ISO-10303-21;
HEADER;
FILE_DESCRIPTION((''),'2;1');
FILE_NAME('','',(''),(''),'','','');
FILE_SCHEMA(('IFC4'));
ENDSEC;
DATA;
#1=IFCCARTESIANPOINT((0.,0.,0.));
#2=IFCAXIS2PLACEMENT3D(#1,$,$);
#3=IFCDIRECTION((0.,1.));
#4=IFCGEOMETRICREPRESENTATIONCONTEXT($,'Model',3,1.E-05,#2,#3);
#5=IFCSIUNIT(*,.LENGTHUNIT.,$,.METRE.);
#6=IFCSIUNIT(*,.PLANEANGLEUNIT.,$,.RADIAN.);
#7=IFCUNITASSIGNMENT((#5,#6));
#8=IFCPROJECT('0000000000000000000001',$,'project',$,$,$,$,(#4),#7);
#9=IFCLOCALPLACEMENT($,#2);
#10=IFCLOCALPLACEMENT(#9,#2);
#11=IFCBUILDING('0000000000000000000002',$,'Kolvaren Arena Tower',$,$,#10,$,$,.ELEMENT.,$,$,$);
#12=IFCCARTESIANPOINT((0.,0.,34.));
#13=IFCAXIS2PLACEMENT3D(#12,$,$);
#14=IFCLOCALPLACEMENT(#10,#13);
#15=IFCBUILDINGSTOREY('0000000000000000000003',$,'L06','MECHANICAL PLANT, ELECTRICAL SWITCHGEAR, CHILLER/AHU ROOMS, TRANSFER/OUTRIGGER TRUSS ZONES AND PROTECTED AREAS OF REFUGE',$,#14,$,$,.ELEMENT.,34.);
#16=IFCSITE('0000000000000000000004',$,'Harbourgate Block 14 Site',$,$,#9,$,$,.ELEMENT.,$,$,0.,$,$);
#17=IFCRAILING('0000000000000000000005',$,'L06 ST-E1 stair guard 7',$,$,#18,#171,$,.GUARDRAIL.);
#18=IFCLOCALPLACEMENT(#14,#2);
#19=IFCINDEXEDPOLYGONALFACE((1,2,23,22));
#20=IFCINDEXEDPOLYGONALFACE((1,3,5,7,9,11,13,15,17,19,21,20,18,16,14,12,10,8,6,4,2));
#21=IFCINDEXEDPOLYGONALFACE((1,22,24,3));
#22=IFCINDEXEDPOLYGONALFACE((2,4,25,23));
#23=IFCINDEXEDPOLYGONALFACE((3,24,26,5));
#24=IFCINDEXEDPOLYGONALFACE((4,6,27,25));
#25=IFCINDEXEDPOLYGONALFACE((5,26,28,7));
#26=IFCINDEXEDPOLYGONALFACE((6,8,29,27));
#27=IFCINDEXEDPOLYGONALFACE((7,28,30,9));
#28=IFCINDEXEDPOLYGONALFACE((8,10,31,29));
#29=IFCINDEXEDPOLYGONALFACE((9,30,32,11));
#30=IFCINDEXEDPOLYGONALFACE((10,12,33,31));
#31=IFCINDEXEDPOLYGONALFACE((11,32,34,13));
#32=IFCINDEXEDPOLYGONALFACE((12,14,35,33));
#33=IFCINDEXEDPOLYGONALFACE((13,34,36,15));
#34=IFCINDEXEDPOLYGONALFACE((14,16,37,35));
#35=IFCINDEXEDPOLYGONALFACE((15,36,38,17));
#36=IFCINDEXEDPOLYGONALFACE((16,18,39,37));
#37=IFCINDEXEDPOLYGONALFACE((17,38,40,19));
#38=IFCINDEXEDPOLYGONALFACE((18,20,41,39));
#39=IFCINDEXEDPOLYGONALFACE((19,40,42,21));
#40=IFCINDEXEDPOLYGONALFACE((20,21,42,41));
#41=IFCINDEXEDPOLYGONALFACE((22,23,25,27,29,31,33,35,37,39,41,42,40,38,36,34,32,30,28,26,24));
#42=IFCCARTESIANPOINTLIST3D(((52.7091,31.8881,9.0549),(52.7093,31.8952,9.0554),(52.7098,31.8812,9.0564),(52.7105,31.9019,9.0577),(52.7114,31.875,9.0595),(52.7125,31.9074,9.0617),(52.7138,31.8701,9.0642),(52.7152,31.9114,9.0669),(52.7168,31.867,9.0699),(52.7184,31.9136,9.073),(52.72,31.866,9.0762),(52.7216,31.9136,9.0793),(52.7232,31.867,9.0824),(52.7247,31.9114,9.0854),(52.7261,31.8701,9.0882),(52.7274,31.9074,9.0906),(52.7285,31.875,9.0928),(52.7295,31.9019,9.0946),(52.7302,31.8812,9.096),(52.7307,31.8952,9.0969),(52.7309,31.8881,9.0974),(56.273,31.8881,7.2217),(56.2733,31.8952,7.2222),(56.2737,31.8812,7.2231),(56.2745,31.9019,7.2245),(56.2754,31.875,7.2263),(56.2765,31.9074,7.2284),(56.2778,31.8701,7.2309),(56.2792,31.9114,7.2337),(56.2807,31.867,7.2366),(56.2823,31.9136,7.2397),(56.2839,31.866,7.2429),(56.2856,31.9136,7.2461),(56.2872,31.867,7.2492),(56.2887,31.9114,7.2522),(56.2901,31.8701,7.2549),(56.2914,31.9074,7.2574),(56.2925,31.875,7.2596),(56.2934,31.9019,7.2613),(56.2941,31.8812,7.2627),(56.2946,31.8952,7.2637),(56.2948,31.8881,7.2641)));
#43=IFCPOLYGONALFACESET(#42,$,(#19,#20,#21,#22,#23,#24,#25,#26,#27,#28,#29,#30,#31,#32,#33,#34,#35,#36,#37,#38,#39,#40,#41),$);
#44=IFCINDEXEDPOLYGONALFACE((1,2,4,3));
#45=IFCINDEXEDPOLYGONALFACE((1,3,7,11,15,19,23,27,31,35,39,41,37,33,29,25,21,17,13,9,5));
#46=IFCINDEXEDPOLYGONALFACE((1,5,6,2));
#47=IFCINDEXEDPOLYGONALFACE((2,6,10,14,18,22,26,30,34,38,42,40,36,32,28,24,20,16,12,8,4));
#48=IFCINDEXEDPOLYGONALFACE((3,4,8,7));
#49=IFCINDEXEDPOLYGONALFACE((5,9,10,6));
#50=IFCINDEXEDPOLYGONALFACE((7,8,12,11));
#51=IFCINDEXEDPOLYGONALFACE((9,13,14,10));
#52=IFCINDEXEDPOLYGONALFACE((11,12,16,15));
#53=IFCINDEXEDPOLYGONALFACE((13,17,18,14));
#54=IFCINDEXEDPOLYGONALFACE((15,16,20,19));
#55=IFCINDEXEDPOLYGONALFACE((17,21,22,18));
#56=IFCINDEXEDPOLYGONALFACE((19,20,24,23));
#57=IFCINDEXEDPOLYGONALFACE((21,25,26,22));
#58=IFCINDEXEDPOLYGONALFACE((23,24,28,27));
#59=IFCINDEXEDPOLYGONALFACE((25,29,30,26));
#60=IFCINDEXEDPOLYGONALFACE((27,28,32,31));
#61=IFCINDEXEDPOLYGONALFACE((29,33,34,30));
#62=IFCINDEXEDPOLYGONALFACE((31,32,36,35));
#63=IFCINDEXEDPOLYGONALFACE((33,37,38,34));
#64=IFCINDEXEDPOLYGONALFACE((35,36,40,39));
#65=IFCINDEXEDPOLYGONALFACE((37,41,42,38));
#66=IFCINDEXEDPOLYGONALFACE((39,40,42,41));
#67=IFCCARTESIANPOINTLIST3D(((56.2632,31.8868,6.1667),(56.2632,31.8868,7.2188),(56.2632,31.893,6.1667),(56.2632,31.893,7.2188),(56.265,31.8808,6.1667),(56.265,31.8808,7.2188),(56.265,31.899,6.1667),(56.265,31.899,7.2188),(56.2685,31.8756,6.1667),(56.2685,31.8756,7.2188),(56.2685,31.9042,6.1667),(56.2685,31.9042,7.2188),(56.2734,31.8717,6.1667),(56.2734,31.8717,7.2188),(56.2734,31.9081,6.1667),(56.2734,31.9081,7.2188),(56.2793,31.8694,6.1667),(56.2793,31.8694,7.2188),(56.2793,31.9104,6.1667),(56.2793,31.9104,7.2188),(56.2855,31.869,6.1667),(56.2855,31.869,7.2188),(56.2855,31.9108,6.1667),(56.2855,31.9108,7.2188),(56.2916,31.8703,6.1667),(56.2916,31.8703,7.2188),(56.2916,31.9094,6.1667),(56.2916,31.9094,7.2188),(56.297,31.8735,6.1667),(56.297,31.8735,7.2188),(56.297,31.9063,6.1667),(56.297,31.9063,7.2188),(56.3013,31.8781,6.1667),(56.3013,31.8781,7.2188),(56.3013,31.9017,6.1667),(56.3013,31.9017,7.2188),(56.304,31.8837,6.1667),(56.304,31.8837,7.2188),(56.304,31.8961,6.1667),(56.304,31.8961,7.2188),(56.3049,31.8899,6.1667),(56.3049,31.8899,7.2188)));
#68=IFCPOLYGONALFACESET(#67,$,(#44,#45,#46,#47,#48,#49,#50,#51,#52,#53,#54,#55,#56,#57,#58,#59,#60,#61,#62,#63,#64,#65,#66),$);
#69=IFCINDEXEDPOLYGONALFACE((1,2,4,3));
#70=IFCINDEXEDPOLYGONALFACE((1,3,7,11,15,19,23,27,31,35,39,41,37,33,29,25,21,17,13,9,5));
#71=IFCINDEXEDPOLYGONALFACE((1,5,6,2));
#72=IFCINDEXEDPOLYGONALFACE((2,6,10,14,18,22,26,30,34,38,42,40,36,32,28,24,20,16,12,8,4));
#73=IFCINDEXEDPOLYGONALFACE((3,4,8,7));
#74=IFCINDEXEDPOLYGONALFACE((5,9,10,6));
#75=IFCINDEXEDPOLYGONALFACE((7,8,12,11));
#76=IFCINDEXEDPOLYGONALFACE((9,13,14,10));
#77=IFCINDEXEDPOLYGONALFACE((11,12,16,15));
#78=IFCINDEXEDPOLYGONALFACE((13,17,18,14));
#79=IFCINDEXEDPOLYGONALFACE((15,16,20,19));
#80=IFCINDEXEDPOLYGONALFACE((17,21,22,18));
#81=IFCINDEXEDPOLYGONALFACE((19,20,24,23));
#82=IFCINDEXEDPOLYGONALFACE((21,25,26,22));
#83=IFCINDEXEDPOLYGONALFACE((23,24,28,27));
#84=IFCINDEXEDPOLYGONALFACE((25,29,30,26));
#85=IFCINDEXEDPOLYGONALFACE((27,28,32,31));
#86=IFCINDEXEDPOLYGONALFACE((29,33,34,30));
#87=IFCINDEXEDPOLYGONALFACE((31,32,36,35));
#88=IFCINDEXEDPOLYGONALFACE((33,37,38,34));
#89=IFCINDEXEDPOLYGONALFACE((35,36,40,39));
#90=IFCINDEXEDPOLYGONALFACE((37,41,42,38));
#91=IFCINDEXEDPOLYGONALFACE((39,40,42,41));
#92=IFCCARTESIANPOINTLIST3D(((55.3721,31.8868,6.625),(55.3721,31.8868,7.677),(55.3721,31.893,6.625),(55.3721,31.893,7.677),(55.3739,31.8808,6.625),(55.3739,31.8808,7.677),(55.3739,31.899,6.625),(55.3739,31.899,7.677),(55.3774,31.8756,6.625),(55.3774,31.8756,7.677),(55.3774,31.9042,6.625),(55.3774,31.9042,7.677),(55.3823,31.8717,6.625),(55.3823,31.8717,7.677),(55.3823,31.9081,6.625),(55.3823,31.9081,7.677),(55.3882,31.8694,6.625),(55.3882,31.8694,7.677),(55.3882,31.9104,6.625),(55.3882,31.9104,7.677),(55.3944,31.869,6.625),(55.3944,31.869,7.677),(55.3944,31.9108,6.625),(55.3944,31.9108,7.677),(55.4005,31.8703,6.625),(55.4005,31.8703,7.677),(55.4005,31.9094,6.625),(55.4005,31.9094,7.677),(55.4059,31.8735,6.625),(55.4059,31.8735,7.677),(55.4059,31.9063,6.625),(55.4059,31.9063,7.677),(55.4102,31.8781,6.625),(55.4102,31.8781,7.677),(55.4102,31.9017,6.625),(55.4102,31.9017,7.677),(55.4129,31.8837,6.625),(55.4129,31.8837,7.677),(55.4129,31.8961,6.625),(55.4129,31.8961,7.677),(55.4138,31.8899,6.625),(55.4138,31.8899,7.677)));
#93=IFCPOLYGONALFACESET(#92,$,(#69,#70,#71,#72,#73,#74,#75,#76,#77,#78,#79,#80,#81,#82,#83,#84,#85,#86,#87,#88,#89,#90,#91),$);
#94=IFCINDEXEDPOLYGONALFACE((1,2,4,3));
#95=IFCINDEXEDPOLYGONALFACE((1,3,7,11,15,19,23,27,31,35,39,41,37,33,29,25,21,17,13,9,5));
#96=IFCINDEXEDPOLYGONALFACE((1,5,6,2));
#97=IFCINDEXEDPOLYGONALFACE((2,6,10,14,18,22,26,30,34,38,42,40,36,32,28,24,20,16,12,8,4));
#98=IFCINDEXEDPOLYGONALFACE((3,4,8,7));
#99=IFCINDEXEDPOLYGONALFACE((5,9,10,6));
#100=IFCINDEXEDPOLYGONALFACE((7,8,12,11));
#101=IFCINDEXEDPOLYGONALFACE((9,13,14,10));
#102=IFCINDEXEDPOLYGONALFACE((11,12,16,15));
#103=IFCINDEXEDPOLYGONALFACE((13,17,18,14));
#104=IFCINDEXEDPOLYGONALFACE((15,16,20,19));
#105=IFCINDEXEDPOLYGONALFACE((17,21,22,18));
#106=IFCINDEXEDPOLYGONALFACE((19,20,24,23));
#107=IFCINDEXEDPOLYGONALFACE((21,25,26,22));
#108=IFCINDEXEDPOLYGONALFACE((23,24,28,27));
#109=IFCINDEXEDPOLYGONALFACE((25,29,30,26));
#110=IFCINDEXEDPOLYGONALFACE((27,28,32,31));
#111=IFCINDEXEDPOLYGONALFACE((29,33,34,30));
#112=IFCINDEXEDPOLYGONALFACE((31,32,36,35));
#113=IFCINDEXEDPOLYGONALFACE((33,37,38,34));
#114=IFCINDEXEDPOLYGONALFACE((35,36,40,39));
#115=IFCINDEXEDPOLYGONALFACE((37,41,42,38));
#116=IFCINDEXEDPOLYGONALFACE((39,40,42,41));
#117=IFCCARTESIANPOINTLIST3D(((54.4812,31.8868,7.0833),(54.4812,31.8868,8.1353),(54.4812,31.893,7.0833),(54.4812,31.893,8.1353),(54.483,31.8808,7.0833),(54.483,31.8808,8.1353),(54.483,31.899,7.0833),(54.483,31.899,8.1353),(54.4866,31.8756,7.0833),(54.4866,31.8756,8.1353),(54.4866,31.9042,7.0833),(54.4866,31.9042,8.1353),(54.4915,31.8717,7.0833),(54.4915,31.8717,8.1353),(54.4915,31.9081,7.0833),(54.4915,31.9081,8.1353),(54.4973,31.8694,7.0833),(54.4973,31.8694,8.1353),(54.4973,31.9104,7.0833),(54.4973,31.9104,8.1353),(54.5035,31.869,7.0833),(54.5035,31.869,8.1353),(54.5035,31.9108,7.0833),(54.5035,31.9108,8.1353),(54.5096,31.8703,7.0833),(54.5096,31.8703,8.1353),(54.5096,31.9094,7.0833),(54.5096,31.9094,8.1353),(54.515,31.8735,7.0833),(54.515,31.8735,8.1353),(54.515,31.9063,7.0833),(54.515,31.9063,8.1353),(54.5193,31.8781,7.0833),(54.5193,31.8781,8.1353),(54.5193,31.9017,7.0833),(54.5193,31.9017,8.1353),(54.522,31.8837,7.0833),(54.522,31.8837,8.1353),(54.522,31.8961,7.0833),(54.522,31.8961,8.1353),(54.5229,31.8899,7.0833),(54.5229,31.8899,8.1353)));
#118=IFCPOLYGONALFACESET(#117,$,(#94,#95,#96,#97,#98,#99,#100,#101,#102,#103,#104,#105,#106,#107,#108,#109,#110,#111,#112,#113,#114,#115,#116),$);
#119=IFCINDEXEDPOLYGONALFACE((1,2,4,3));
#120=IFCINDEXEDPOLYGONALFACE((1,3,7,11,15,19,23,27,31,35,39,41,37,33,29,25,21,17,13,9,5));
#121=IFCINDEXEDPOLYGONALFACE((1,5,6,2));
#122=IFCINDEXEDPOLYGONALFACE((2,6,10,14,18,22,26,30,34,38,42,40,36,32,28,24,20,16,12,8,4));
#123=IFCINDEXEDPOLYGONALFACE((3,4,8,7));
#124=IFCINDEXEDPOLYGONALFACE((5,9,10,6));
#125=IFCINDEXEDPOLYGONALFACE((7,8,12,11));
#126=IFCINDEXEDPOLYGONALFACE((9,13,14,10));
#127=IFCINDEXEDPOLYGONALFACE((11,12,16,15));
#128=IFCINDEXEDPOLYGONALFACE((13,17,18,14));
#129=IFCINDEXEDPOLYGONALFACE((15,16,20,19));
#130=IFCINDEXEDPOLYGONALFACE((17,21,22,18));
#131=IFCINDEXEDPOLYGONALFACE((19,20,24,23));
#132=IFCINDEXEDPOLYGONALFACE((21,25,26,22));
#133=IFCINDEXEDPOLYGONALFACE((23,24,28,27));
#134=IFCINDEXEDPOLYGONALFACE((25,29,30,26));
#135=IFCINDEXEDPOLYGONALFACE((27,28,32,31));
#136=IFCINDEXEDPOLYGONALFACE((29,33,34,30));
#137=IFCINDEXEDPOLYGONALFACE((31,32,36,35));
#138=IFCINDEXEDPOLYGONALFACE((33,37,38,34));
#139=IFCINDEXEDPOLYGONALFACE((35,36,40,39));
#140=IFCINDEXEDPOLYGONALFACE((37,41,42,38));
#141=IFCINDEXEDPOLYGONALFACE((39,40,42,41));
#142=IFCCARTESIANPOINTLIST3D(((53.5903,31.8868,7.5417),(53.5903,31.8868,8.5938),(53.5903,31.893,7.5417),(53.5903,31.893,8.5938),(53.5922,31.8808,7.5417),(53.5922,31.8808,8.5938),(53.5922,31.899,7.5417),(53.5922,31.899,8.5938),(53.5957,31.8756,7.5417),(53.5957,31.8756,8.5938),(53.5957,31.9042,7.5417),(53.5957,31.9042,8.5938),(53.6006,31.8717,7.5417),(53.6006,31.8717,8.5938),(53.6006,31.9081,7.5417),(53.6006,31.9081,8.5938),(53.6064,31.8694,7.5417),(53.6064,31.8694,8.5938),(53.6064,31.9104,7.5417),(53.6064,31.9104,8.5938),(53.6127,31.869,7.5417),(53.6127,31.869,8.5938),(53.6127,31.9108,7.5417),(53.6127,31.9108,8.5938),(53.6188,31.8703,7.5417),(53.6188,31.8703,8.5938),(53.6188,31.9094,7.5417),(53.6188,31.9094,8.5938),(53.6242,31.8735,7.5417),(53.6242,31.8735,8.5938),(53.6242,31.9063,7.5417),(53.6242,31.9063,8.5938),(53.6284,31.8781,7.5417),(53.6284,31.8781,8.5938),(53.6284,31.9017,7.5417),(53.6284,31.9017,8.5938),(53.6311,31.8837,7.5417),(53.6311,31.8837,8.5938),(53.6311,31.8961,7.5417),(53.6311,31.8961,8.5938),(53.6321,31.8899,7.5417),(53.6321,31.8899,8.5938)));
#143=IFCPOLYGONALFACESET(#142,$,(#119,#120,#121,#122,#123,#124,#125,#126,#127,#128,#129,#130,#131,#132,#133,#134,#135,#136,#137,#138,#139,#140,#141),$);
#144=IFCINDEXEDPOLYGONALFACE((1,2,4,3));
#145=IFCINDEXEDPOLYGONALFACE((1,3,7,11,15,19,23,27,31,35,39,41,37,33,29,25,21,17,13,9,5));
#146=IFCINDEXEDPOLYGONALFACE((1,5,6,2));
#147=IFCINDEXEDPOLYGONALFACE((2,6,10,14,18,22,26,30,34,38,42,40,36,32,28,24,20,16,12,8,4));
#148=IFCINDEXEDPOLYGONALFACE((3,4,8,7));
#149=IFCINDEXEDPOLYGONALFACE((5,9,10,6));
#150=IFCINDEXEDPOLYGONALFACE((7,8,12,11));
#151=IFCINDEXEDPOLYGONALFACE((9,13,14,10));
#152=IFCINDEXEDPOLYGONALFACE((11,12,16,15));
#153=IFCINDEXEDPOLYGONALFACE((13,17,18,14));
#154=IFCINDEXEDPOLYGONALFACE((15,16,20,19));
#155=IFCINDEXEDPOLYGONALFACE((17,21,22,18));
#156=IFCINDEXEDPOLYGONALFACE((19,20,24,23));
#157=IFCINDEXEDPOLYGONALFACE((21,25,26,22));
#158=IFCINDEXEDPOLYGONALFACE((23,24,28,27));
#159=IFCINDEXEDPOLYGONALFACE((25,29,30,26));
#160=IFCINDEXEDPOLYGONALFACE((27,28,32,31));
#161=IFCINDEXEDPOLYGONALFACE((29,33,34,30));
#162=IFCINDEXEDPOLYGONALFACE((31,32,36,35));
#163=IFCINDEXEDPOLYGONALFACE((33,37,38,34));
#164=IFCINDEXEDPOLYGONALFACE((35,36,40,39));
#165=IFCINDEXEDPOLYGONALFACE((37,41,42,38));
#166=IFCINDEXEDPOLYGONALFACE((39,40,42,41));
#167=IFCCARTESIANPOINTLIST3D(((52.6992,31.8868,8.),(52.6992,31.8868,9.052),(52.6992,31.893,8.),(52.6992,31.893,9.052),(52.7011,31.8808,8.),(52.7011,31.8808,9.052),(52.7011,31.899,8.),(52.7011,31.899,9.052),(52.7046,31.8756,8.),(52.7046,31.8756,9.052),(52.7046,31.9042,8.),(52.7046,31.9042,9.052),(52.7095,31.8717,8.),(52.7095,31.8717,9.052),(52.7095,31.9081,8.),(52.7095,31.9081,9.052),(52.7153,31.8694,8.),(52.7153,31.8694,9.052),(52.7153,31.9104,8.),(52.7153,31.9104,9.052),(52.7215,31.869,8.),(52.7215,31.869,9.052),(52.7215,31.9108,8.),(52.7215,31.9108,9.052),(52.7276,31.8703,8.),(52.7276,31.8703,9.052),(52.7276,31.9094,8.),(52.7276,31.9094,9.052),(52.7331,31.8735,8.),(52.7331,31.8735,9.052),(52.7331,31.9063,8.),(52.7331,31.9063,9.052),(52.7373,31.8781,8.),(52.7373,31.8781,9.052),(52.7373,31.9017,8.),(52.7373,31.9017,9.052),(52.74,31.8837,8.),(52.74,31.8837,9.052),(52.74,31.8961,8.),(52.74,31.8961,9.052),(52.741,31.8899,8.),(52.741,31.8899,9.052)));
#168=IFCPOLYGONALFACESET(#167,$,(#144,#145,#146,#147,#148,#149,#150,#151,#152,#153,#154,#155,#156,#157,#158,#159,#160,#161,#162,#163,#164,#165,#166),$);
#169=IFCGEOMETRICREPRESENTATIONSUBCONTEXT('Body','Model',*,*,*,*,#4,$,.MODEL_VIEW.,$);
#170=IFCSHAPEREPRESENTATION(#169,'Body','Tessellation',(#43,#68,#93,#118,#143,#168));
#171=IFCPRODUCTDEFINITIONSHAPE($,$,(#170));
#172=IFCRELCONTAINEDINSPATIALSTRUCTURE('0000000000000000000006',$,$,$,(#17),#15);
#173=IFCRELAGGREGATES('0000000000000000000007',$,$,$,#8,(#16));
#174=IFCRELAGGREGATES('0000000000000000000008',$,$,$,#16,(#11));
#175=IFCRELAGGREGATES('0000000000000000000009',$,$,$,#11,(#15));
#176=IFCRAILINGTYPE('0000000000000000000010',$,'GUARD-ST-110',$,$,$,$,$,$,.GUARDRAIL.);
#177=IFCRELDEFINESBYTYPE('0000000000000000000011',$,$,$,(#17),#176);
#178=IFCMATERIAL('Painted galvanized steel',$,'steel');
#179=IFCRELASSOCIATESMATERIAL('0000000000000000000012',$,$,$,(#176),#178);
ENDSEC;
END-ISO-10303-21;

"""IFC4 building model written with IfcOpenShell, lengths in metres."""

from ifc_helpers import new_model, si_unit, direction, frame, origin, origin_2d, place, context, subcontext, project, spatial, circle, extrude, material, type_object, element, save


model = new_model("IFC4")

# Units and contexts
model_context = context("Model", 3, precision=1e-05, world=origin(), true_north=direction((0.0, 1.0)))
body_context = subcontext(model_context, "Body", "Model", "MODEL_VIEW")
ifc_project = project(units=[si_unit("LENGTHUNIT", "METRE"), si_unit("PLANEANGLEUNIT", "RADIAN")], contexts=[model_context])

# Site, building, storey
site_placement = place(None, origin())
site = spatial("IfcSite", under=ifc_project, at=site_placement, Name="Harbourgate Block 14 Site", CompositionType="ELEMENT", RefElevation=0.0)
building_placement = place(site_placement, origin())
building = spatial("IfcBuilding", under=site, at=building_placement, Name="Kolvaren Arena Tower", CompositionType="ELEMENT")
storey_placement = place(building_placement, frame((0.0, 0.0, 34.0)))
storey = spatial("IfcBuildingStorey", under=building, at=storey_placement, Name="L06", Description="MECHANICAL PLANT, ELECTRICAL SWITCHGEAR, CHILLER/AHU ROOMS, TRANSFER/OUTRIGGER TRUSS ZONES AND PROTECTED AREAS OF REFUGE", CompositionType="ELEMENT", Elevation=34.0)

# Railing
ifc_material_1 = material(Name="Painted galvanized steel", Category="steel")
railing_type_1 = type_object("IfcRailingType", Name="GUARD-ST-110", PredefinedType="GUARDRAIL", material=ifc_material_1)
railing_1_placement = place(storey_placement, frame((56.2839, 31.8899, 6.1667)))
element("IfcRailing", 1, at=railing_1_placement, inside=storey, type_object=railing_type_1, Name="L06 ST-E1 stair guard 7", PredefinedType="GUARDRAIL", context=body_context, shape_type="SweptSolid", body=[
    extrude(circle(Radius=0.0239, at=origin_2d()), frame((0.0, 0.0, 1.0762), z_axis=(-0.889252, 0.0, 0.457418), x_axis=(0.0, -1.0, 0.0)), (0.0, 0.0, 1.0), 4.0078),
    extrude(circle(Radius=0.021, at=origin_2d()), origin(), (0.0, 0.0, 1.0), 1.052),
    extrude(circle(Radius=0.021, at=origin_2d()), frame((-0.8911, 0.0, 0.4583)), (0.0, 0.0, 1.0), 1.052),
    extrude(circle(Radius=0.021, at=origin_2d()), frame((-1.782, 0.0, 0.9165)), (0.0, 0.0, 1.0), 1.052),
    extrude(circle(Radius=0.021, at=origin_2d()), frame((-2.6729, 0.0, 1.375)), (0.0, 0.0, 1.0), 1.052),
    extrude(circle(Radius=0.021, at=origin_2d()), frame((-3.564, 0.0, 1.8333)), (0.0, 0.0, 1.0), 1.052),
])

save(model, "model.ifc")
